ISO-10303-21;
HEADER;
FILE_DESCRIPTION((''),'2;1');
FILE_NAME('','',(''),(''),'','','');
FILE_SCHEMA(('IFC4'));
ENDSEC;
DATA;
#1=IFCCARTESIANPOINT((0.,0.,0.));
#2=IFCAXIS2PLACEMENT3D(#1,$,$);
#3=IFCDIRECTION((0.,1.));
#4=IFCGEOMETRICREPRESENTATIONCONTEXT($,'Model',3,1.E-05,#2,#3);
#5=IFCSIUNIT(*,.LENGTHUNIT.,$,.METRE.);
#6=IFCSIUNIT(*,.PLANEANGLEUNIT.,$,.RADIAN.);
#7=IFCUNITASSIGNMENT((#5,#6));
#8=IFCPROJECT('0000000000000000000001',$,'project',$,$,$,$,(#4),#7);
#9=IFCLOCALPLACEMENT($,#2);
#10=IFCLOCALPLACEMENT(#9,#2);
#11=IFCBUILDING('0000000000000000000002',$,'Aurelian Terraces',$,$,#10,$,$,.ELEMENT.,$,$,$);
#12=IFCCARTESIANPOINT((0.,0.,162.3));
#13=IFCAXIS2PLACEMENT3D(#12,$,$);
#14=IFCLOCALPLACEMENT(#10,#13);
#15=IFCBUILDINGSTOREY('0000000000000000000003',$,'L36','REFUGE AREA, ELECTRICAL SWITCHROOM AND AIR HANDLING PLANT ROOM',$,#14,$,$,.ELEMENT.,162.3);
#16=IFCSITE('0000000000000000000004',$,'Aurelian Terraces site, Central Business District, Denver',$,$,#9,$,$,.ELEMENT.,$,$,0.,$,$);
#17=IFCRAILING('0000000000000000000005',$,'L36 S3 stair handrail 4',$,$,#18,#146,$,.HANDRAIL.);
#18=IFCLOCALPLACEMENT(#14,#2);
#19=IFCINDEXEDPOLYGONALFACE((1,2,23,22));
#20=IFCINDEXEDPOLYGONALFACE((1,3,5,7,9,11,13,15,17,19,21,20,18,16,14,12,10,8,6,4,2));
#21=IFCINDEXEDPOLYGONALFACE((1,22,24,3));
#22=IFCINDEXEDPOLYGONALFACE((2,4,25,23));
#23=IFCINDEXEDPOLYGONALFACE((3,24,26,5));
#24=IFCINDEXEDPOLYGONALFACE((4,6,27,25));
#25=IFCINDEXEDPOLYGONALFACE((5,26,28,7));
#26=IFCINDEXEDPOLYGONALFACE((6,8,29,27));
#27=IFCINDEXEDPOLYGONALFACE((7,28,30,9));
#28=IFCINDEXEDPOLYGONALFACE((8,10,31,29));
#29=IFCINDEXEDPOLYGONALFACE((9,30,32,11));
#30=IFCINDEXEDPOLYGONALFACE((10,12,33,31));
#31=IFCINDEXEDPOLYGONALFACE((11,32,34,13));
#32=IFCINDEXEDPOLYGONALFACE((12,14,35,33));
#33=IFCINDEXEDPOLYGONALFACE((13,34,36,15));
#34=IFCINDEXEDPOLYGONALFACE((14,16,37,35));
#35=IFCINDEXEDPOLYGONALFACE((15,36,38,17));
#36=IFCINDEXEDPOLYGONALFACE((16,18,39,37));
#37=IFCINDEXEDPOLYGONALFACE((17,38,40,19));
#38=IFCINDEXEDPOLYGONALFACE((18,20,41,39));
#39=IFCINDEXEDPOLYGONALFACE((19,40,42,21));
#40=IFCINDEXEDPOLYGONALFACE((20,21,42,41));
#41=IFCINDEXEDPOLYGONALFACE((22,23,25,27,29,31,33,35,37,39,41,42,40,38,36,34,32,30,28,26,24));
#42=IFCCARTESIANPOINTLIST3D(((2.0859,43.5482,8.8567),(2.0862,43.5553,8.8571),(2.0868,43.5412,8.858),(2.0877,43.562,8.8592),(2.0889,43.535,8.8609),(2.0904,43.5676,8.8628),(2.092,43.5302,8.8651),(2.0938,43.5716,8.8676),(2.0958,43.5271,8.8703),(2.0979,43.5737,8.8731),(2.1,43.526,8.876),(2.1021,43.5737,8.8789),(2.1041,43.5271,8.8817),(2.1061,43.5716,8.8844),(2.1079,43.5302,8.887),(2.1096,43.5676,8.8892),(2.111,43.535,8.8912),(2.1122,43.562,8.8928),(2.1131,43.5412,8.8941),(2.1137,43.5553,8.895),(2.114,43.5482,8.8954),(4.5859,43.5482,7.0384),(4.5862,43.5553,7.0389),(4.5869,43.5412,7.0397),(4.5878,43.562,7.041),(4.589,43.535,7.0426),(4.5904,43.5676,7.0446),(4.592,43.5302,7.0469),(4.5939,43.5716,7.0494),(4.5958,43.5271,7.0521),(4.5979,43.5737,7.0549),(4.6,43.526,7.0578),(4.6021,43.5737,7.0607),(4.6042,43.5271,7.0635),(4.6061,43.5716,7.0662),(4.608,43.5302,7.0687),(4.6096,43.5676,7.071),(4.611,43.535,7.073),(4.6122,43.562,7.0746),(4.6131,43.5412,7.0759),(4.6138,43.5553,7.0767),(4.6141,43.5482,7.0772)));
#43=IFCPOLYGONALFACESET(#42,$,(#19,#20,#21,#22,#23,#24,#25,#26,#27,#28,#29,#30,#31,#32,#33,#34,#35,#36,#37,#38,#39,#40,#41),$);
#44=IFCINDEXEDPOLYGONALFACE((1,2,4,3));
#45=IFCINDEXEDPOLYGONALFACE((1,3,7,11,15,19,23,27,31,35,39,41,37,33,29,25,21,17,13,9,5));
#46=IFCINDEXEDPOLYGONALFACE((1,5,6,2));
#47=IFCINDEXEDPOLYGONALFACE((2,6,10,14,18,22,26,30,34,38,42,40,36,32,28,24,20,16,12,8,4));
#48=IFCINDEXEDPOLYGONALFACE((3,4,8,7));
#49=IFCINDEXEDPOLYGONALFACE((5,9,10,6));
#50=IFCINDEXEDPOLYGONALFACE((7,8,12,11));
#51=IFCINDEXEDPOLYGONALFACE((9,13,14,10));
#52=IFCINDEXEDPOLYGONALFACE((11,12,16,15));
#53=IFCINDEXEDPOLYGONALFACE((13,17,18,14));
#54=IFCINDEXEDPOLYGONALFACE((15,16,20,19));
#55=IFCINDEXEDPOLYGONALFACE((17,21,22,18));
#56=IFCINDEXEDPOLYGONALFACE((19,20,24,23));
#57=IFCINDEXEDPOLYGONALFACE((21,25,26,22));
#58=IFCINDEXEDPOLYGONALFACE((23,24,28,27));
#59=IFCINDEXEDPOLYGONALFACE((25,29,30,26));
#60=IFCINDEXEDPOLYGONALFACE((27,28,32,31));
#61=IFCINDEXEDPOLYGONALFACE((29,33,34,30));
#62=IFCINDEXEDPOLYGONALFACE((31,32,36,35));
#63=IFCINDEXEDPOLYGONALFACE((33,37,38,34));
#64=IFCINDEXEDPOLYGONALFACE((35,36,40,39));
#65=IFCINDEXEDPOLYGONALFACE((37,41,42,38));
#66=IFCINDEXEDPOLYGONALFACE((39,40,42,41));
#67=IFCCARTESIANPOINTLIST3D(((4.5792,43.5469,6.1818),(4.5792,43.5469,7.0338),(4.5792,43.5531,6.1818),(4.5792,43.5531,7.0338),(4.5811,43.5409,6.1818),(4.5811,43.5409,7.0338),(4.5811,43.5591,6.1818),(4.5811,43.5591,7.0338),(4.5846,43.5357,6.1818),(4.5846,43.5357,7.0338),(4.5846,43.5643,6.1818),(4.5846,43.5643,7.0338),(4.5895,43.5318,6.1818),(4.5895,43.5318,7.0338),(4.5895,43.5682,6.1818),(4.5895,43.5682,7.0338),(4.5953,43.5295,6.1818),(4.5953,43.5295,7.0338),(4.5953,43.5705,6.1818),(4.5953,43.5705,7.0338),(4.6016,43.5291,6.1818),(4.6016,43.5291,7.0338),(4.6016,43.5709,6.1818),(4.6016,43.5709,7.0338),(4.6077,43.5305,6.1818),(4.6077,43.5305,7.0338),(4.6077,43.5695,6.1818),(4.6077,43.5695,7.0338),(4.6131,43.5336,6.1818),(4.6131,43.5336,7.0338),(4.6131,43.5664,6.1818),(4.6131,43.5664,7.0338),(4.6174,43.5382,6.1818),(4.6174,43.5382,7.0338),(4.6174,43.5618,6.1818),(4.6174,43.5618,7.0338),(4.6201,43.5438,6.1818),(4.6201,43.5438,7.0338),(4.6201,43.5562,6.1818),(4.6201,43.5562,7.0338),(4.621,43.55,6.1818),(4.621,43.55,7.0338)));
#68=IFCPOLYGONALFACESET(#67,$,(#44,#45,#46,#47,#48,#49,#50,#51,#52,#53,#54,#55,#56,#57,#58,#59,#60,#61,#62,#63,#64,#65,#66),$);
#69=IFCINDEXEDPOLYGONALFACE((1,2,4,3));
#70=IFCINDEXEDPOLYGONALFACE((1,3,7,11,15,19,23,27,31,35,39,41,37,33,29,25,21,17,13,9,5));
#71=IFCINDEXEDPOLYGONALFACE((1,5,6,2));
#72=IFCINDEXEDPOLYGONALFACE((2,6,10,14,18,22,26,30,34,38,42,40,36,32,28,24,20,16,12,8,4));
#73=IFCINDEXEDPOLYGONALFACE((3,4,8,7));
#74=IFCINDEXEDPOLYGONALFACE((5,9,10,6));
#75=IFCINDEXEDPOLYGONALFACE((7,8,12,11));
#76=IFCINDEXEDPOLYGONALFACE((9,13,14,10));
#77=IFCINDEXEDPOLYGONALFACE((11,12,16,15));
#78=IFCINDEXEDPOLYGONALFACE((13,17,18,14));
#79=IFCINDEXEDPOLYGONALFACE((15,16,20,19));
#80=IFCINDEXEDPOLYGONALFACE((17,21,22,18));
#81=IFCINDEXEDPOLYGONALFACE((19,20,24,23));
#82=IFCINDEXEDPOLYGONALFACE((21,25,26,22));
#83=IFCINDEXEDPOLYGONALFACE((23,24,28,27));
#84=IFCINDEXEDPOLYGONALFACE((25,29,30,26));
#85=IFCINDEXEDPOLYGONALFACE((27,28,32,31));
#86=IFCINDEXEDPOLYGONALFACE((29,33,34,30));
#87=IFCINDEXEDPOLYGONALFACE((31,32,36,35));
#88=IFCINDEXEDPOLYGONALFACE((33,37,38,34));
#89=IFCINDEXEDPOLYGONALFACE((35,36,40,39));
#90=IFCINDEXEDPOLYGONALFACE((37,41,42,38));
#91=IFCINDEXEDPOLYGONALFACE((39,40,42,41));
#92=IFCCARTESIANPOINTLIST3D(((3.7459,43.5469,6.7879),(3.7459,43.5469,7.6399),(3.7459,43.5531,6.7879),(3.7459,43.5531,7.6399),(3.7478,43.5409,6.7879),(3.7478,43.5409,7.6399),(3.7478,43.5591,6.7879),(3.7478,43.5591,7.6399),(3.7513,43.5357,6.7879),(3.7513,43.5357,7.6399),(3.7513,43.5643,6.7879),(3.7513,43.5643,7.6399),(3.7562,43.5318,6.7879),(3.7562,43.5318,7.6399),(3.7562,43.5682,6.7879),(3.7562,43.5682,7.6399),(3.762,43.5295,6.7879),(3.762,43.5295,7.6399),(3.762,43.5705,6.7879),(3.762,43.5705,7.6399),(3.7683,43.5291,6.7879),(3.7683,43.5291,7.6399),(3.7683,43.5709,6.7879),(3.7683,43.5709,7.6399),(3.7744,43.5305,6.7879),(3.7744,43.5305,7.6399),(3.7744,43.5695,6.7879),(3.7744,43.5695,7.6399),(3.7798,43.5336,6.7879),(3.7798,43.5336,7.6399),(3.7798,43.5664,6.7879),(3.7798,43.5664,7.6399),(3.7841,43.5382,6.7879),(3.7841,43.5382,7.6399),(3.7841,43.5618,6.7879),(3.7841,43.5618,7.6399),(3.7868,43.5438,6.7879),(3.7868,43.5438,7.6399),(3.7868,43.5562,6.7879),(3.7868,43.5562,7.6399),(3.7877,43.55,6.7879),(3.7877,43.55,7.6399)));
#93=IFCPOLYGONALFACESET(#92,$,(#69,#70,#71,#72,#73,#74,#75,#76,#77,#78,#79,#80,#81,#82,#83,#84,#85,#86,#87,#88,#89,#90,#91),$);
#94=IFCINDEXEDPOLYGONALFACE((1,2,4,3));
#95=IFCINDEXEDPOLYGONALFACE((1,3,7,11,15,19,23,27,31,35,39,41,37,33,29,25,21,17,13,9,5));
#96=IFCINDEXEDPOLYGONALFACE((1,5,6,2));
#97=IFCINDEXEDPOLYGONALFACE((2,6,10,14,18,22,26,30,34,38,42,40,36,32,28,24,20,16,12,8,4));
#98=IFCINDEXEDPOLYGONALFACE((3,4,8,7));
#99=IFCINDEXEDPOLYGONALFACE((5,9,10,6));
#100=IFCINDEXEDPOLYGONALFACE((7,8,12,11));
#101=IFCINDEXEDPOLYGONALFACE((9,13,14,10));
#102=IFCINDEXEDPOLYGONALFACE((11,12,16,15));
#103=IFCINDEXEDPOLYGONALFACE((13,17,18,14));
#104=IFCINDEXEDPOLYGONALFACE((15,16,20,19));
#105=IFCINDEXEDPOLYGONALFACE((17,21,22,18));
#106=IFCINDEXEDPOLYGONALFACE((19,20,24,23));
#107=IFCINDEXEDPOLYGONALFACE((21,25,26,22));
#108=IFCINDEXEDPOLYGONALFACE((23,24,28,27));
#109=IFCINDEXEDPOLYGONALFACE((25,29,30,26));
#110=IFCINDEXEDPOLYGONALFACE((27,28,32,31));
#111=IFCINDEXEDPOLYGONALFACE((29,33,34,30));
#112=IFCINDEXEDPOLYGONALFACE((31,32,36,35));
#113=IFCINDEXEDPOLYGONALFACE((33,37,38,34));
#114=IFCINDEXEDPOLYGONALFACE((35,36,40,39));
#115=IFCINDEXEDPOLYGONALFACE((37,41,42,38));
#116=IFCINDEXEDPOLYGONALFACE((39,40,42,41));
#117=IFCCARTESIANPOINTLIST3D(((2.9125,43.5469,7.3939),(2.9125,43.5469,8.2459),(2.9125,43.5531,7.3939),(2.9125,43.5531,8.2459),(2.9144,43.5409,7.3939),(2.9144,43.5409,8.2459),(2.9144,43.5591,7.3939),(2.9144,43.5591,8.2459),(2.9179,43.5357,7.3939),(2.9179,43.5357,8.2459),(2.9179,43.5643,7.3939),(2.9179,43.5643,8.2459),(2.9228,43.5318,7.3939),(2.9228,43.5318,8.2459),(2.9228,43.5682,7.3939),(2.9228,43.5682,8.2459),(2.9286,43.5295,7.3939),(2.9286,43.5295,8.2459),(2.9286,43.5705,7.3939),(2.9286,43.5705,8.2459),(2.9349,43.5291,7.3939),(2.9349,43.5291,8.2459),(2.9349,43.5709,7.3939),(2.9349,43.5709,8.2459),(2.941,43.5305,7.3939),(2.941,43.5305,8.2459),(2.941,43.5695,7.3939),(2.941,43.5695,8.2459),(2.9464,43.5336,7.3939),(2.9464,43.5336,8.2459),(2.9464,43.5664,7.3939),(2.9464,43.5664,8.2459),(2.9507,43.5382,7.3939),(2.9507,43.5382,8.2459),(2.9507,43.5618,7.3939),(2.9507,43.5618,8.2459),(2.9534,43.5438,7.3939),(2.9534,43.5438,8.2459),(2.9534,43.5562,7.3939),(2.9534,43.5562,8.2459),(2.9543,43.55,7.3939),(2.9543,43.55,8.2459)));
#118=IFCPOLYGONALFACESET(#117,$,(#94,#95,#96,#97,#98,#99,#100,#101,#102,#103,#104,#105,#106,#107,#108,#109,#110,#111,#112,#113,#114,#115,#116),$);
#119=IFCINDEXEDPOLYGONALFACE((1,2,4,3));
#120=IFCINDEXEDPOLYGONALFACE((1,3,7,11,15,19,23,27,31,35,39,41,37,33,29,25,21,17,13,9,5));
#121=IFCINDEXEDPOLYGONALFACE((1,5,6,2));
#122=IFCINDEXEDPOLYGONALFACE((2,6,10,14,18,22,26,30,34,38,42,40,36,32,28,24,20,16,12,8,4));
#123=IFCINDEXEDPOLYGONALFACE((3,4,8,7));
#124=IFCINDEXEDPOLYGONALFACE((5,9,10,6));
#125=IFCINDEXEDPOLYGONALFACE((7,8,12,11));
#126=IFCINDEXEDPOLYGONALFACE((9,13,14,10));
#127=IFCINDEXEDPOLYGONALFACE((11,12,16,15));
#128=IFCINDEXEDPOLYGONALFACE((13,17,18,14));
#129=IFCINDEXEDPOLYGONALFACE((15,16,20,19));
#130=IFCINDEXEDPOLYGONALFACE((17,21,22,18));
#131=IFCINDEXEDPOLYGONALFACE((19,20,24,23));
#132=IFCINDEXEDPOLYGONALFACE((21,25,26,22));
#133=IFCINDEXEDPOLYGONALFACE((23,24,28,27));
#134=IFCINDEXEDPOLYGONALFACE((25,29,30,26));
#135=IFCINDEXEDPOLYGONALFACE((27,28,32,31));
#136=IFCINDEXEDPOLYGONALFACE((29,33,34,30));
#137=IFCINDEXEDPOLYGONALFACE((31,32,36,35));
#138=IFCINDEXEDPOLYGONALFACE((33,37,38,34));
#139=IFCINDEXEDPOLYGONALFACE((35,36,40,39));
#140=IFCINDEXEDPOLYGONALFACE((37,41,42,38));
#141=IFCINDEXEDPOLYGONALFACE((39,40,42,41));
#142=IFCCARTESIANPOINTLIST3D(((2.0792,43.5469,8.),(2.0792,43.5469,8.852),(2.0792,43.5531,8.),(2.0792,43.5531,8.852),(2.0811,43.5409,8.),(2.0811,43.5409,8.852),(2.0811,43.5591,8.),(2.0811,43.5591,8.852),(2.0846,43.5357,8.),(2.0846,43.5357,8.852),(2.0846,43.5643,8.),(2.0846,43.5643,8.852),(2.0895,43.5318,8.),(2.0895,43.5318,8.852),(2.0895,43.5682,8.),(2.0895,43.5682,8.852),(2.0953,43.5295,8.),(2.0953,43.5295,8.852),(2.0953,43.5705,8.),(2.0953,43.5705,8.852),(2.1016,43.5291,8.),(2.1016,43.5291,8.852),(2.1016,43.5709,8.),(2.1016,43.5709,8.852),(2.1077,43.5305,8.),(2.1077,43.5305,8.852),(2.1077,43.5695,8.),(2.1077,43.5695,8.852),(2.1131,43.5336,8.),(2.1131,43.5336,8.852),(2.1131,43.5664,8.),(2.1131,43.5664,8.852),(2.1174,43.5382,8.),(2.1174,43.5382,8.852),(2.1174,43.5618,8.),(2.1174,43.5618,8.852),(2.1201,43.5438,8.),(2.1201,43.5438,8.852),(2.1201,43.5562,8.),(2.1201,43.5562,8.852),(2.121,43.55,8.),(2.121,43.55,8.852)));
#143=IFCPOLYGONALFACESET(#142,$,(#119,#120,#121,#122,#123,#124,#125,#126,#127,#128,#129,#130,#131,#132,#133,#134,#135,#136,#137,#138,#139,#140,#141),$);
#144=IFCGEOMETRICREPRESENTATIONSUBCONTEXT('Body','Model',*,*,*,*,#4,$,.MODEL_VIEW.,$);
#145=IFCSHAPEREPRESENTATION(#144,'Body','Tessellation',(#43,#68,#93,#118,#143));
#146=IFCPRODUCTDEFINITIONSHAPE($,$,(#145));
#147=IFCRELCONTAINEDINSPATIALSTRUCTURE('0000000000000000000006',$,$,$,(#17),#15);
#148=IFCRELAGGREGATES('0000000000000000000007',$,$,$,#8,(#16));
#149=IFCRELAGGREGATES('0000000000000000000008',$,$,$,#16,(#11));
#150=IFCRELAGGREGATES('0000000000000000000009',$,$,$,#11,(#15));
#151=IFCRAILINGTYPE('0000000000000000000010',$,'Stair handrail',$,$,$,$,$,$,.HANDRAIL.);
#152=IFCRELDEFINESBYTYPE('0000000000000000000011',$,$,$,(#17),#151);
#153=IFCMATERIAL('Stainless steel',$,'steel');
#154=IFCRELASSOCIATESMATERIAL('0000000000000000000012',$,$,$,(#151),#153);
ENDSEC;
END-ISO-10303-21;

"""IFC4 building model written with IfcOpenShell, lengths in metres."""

from ifc_helpers import new_model, si_unit, direction, frame, origin, origin_2d, place, context, subcontext, project, spatial, circle, extrude, source, transform, mapped, material, type_object, element, save


model = new_model("IFC4")

# Units and contexts
model_context = context("Model", 3, precision=1e-05, world=origin(), true_north=direction((0.0, 1.0)))
body_context = subcontext(model_context, "Body", "Model", "MODEL_VIEW")
ifc_project = project(units=[si_unit("LENGTHUNIT", "METRE"), si_unit("PLANEANGLEUNIT", "RADIAN")], contexts=[model_context])

# Site, building, storey
site_placement = place(None, origin())
site = spatial("IfcSite", under=ifc_project, at=site_placement, Name="Aurelian Terraces site, Central Business District, Denver", CompositionType="ELEMENT", RefElevation=0.0)
building_placement = place(site_placement, origin())
building = spatial("IfcBuilding", under=site, at=building_placement, Name="Aurelian Terraces", CompositionType="ELEMENT")
storey_placement = place(building_placement, frame((0.0, 0.0, 162.3)))
storey = spatial("IfcBuildingStorey", under=building, at=storey_placement, Name="L36", Description="REFUGE AREA, ELECTRICAL SWITCHROOM AND AIR HANDLING PLANT ROOM", CompositionType="ELEMENT", Elevation=162.3)

# Railing
ifc_material_1 = material(Name="Stainless steel", Category="steel")
railing_type_1 = type_object("IfcRailingType", Name="Stair handrail", PredefinedType="HANDRAIL", material=ifc_material_1)
shared_shape_1 = source(origin(), body_context, "Body", "SweptSolid", [
    extrude(circle(Radius=0.024, at=origin_2d()), frame((0.0, 0.0, 0.876), z_axis=(-0.808733, 0.0, 0.588176), x_axis=(0.0, -1.0, 0.0)), (0.0, 0.0, 1.0), 3.0913),
    extrude(circle(Radius=0.021, at=origin_2d()), origin(), (0.0, 0.0, 1.0), 0.852),
    extrude(circle(Radius=0.021, at=origin_2d()), frame((-0.8333, 0.0, 0.6061)), (0.0, 0.0, 1.0), 0.852),
    extrude(circle(Radius=0.021, at=origin_2d()), frame((-1.6667, 0.0, 1.2121)), (0.0, 0.0, 1.0), 0.852),
    extrude(circle(Radius=0.021, at=origin_2d()), frame((-2.5, 0.0, 1.8182)), (0.0, 0.0, 1.0), 0.852),
])
railing_1_placement = place(storey_placement, frame((4.6, 43.55, 6.1818)))
element("IfcRailing", 1, at=railing_1_placement, inside=storey, type_object=railing_type_1, Name="L36 S3 stair handrail 4", PredefinedType="HANDRAIL", context=body_context, shape_type="MappedRepresentation", body=[
    mapped(shared_shape_1, transform((0.0, 0.0, 0.0), scale=1.0)),
])

save(model, "model.ifc")
